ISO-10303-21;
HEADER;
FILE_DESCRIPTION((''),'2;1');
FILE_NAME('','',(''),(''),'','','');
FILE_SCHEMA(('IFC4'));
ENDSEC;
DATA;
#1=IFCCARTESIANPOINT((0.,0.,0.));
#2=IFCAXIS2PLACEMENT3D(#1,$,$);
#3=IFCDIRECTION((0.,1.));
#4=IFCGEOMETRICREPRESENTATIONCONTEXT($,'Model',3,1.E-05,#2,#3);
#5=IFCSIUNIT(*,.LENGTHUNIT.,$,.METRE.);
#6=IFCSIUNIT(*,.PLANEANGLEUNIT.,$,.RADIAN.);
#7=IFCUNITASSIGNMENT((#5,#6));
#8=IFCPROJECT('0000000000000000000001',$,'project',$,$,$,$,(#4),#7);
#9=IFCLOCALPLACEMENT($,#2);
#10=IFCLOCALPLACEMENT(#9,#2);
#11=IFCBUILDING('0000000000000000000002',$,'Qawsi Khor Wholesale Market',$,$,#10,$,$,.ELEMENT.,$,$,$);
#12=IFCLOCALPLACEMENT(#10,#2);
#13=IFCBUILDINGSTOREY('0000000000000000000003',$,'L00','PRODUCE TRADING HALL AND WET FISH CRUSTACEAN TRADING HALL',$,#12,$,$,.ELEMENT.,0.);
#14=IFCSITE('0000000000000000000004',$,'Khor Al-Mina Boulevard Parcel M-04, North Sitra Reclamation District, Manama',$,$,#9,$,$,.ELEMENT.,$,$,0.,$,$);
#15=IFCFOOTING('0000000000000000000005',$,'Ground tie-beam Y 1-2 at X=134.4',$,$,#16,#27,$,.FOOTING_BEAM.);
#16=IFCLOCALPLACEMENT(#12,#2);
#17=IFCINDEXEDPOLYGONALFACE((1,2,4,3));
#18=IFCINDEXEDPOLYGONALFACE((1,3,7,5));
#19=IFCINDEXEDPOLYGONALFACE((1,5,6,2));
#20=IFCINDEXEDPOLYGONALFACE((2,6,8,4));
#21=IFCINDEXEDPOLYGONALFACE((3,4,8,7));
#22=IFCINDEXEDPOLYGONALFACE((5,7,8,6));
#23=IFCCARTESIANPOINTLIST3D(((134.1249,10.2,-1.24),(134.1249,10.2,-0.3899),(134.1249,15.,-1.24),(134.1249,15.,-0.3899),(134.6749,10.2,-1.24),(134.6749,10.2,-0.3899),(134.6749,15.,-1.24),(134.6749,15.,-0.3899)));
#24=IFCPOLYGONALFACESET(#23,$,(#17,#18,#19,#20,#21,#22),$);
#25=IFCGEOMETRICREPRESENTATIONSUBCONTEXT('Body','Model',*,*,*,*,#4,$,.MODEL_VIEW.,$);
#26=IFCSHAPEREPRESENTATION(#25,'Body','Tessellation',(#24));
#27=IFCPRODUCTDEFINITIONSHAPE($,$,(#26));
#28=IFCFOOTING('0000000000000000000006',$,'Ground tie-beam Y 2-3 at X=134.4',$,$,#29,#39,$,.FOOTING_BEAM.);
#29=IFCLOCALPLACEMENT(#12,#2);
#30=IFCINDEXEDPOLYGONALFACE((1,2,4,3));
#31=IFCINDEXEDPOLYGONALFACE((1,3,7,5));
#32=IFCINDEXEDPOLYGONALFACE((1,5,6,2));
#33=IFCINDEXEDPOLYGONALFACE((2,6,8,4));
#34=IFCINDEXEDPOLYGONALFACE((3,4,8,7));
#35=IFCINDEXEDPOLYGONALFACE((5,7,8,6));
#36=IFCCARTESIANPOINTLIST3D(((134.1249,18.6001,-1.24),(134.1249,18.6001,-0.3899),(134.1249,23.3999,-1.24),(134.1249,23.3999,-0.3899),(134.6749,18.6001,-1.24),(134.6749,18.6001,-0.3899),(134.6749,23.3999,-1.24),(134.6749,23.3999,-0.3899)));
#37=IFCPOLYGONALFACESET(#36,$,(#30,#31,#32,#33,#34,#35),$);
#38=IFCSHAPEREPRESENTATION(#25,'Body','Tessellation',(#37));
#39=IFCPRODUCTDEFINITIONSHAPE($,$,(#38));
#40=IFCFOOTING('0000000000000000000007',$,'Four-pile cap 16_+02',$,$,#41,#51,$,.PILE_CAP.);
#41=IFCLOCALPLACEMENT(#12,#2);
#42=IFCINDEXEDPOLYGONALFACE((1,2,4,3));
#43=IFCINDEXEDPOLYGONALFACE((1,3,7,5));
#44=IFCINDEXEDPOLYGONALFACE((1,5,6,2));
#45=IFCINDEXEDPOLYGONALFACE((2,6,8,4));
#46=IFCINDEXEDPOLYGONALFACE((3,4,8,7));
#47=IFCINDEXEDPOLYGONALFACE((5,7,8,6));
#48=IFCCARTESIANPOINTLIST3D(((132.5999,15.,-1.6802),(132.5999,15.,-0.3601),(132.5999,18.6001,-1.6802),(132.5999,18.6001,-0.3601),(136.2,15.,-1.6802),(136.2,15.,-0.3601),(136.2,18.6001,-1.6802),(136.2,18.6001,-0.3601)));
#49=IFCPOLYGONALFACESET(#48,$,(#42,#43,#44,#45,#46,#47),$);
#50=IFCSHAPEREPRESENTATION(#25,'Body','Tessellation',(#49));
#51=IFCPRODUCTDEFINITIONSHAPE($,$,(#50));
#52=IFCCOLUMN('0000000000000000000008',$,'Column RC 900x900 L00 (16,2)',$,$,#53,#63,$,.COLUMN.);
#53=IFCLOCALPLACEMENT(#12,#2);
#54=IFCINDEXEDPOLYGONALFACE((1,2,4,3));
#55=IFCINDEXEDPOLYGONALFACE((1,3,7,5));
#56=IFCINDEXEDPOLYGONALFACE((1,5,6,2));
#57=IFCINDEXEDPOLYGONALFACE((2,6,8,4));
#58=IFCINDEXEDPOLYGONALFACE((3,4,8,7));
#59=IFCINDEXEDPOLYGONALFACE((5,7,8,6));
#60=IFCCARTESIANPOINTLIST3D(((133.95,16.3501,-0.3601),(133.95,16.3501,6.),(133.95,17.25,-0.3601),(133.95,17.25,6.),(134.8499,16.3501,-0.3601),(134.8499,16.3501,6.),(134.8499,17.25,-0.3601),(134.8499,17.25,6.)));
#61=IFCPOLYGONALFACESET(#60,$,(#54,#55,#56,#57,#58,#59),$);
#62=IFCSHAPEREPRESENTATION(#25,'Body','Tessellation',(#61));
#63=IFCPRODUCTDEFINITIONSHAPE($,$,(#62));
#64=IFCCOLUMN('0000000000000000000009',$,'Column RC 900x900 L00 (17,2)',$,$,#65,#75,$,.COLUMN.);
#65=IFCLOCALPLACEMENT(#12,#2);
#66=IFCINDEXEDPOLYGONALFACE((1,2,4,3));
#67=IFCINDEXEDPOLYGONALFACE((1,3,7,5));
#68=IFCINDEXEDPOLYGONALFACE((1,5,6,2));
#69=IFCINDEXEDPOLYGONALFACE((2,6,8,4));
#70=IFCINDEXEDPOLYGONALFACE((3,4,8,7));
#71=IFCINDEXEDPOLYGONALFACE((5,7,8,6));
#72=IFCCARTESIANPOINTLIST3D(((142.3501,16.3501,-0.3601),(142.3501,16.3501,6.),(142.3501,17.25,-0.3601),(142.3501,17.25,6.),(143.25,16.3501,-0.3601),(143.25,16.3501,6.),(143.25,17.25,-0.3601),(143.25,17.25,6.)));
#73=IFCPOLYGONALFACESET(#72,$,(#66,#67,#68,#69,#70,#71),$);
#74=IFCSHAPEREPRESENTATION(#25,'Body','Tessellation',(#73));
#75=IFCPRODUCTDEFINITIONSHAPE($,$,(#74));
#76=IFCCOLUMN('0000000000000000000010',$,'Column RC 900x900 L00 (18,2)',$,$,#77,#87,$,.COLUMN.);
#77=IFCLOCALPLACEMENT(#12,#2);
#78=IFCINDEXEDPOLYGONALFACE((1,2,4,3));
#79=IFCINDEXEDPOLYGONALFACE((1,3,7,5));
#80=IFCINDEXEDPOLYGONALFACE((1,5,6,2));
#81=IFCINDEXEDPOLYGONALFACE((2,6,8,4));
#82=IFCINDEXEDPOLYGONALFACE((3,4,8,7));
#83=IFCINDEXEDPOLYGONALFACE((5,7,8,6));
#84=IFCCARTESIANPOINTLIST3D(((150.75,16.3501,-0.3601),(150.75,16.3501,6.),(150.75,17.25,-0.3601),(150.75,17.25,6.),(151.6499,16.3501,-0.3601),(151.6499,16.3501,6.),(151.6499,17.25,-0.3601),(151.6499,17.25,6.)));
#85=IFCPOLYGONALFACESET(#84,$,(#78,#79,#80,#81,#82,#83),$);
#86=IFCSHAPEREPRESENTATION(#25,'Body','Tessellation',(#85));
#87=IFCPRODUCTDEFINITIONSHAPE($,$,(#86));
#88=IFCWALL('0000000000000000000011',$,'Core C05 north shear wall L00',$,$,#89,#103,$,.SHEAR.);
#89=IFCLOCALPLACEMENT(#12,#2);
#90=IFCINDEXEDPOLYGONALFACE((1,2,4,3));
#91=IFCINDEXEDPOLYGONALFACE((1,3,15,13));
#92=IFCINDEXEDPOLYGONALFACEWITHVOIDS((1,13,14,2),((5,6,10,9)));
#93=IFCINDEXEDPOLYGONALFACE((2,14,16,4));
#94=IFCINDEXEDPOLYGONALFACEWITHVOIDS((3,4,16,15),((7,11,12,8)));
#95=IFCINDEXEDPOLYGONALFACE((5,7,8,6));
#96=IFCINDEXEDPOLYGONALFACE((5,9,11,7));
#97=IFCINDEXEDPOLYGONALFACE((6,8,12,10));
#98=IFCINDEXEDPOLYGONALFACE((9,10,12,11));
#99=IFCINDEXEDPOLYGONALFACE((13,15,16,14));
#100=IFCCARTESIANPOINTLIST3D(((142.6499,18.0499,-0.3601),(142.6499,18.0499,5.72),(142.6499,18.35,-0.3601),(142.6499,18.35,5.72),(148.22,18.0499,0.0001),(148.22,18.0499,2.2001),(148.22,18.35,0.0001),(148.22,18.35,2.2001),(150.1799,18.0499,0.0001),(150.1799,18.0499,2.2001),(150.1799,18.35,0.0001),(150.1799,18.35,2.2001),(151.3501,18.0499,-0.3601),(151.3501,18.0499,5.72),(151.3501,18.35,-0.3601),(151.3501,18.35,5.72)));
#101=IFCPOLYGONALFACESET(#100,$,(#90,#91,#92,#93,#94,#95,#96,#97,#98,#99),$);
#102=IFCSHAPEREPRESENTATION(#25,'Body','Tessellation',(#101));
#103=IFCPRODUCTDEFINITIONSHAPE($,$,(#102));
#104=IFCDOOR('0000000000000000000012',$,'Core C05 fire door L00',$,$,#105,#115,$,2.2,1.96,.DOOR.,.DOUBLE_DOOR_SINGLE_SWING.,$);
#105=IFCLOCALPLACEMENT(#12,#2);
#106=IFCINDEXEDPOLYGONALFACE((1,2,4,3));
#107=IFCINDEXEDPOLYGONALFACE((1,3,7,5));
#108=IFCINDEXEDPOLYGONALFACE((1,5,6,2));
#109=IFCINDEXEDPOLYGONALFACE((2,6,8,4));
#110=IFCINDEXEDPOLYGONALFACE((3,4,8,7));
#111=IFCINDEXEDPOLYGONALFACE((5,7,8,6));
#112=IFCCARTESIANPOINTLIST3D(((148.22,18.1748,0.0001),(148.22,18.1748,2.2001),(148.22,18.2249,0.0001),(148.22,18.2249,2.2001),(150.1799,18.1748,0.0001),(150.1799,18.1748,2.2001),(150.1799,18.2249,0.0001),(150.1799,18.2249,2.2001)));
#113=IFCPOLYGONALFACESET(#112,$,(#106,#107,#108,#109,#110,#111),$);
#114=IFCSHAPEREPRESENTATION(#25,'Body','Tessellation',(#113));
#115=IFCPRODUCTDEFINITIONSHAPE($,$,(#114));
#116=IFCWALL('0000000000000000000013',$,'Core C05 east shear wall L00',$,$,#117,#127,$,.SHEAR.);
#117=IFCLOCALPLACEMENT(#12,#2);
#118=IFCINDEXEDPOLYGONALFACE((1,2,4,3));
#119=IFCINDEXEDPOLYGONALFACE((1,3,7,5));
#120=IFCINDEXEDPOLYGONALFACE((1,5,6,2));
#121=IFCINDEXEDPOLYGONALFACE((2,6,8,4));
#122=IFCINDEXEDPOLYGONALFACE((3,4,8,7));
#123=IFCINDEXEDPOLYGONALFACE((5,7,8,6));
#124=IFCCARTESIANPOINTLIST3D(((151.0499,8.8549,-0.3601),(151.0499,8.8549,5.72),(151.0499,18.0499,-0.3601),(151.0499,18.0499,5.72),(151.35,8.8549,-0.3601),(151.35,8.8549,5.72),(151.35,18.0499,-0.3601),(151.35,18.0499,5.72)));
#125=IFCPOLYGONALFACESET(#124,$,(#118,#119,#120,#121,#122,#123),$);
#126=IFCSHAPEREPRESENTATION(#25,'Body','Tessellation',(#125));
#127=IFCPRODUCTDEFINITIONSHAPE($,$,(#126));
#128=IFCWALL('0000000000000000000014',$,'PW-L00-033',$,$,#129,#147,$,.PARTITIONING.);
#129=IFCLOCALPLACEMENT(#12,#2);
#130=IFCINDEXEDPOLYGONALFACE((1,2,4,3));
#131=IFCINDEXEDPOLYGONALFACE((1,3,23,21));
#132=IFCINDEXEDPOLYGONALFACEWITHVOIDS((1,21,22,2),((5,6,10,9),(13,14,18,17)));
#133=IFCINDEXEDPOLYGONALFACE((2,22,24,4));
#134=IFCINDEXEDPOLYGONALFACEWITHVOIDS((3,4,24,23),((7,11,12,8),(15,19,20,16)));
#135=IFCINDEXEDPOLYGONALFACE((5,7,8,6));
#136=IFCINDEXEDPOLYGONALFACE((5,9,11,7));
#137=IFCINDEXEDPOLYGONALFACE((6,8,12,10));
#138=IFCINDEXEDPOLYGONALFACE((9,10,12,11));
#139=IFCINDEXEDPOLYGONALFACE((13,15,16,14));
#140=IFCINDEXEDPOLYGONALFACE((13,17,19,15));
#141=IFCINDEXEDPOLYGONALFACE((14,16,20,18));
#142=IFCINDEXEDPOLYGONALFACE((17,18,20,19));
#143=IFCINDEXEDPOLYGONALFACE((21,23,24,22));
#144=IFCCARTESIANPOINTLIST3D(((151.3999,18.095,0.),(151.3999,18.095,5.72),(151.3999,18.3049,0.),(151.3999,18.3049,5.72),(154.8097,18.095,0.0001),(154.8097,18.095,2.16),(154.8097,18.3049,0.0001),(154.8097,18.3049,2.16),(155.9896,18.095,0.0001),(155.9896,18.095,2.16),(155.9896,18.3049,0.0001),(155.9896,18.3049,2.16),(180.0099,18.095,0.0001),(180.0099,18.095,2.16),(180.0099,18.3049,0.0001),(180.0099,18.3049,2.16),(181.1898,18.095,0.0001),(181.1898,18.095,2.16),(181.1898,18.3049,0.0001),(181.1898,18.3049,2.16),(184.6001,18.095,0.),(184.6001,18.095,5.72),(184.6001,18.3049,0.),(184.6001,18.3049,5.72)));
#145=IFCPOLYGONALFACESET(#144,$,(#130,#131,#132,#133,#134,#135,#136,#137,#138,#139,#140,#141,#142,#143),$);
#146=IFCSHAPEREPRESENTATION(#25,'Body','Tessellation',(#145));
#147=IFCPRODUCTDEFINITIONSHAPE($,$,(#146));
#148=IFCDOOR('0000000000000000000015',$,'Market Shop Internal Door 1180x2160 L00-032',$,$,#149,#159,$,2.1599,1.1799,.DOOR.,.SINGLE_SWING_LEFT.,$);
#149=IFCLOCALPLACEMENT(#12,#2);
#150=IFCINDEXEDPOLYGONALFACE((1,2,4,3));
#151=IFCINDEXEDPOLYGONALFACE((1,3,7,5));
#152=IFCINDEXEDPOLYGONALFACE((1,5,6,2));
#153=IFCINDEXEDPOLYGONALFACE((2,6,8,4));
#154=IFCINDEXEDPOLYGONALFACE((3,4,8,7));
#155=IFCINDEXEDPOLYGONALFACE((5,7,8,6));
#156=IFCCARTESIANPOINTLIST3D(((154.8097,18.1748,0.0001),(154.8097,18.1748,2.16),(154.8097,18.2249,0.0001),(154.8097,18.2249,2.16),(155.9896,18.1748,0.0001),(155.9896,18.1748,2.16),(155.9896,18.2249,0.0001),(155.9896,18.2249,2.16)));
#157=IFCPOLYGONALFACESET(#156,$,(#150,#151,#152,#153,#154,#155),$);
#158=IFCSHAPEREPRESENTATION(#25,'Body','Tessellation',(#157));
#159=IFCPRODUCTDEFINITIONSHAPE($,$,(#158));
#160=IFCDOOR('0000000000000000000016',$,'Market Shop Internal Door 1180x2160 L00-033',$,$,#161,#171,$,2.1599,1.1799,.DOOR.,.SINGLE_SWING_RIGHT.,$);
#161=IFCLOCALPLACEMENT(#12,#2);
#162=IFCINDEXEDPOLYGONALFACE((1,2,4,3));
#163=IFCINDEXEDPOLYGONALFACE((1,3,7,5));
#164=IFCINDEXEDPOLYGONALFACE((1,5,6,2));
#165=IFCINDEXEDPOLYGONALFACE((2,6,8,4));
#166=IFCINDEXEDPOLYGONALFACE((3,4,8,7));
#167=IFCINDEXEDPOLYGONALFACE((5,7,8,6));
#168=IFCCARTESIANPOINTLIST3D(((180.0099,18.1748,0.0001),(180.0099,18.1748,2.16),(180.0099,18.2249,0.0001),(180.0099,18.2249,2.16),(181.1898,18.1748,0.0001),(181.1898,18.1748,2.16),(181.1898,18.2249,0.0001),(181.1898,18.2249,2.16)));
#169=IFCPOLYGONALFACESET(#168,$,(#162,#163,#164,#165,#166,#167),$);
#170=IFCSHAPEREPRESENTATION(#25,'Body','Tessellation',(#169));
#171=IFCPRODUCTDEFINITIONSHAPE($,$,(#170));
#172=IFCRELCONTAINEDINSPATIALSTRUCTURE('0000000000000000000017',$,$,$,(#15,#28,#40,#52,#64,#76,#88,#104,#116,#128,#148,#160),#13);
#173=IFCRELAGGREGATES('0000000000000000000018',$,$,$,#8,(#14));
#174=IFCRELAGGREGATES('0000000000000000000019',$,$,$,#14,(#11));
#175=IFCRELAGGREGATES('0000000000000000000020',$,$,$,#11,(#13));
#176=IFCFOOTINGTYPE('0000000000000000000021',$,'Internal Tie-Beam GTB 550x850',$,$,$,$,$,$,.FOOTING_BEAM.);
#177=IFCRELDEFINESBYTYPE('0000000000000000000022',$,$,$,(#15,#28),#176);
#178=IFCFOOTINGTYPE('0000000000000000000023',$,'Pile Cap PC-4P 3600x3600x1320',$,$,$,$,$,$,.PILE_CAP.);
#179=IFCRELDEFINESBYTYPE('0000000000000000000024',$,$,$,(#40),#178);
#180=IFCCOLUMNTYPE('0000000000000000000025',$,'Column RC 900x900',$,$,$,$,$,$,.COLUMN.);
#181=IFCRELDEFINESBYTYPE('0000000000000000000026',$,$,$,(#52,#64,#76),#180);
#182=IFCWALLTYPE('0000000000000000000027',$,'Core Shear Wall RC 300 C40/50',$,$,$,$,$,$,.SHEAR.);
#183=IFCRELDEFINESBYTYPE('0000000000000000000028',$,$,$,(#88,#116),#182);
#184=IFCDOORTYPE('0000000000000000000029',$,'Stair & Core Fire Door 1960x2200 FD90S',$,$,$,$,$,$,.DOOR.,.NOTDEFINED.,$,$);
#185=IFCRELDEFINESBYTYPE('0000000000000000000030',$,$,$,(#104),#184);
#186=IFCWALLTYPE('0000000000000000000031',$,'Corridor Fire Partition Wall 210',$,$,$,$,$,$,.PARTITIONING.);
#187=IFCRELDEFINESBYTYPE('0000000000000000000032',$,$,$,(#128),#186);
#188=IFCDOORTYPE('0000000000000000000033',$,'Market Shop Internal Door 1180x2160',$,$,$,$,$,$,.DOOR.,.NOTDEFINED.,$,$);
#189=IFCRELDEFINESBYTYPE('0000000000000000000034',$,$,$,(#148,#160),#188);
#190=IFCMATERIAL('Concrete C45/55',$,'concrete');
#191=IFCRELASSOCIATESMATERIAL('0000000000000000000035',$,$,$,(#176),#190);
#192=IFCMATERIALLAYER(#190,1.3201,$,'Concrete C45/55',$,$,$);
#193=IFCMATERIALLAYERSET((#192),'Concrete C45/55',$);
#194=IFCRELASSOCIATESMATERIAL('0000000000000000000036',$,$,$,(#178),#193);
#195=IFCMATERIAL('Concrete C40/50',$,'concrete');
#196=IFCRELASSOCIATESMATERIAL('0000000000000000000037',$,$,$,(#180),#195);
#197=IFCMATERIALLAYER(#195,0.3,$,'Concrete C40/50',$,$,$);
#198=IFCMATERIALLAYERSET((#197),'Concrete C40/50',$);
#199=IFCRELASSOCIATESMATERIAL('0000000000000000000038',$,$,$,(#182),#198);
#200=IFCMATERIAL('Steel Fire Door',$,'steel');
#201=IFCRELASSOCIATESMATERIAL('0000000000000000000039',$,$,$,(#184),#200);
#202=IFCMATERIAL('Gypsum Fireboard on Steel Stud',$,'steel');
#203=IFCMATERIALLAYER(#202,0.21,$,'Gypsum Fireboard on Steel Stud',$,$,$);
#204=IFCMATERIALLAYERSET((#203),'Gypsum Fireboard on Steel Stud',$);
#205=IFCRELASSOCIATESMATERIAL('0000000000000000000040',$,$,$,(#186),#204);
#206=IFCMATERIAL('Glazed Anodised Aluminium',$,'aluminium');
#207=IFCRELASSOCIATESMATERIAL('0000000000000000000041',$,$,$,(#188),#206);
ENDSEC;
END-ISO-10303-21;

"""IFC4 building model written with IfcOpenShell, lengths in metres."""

from ifc_helpers import new_model, si_unit, direction, frame, frame_2d, origin, origin_2d, place, context, subcontext, project, spatial, rectangle, extrude, material, layer, layer_set, material_profile, profile_set, type_object, element, fill, save


model = new_model("IFC4")

# Units and contexts
model_context = context("Model", 3, precision=1e-05, world=origin(), true_north=direction((0.0, 1.0)))
body_context = subcontext(model_context, "Body", "Model", "MODEL_VIEW")
ifc_project = project(units=[si_unit("LENGTHUNIT", "METRE"), si_unit("PLANEANGLEUNIT", "RADIAN")], contexts=[model_context])

# Site, building, storey
site_placement = place(None, origin())
site = spatial("IfcSite", under=ifc_project, at=site_placement, Name="Khor Al-Mina Boulevard Parcel M-04, North Sitra Reclamation District, Manama", CompositionType="ELEMENT", RefElevation=0.0)
building_placement = place(site_placement, origin())
building = spatial("IfcBuilding", under=site, at=building_placement, Name="Qawsi Khor Wholesale Market", CompositionType="ELEMENT")
storey_placement = place(building_placement, origin())
storey = spatial("IfcBuildingStorey", under=building, at=storey_placement, Name="L00", Description="PRODUCE TRADING HALL AND WET FISH CRUSTACEAN TRADING HALL", CompositionType="ELEMENT", Elevation=0.0)

# Shared definitions
ifc_material_1 = material(Name="Concrete C45/55", Category="concrete")

# Footings
ifc_material_profile_1 = material_profile(ifc_material_1, rectangle(XDim=0.55, YDim=0.8501, at=origin_2d()), Name="RC 550x850")
ifc_profile_set_1 = profile_set([ifc_material_profile_1], Name="Concrete C45/55")
footing_type_1 = type_object("IfcFootingType", Name="Internal Tie-Beam GTB 550x850", PredefinedType="FOOTING_BEAM", material=ifc_profile_set_1)
footing_1_placement = place(storey_placement, frame((134.3999, 10.2, -0.8149), z_axis=(0.0, 1.0, 0.0), x_axis=(-1.0, 0.0, 0.0)))
element("IfcFooting", 1, at=footing_1_placement, inside=storey, type_object=footing_type_1, Name="Ground tie-beam Y 1-2 at X=134.4", PredefinedType="FOOTING_BEAM", context=body_context, shape_type="SweptSolid", body=[
    extrude(rectangle(XDim=0.55, YDim=0.8501, at=origin_2d()), origin(), (0.0, 0.0, 1.0), 4.8),
])
footing_2_placement = place(storey_placement, frame((134.3999, 18.6001, -0.8149), z_axis=(0.0, 1.0, 0.0), x_axis=(-1.0, 0.0, 0.0)))
element("IfcFooting", 2, at=footing_2_placement, inside=storey, type_object=footing_type_1, Name="Ground tie-beam Y 2-3 at X=134.4", PredefinedType="FOOTING_BEAM", context=body_context, shape_type="SweptSolid", body=[
    extrude(rectangle(XDim=0.55, YDim=0.8501, at=origin_2d()), origin(), (0.0, 0.0, 1.0), 4.7998),
])
ifc_layer_1 = layer(ifc_material_1, 1.3201, Name="Concrete C45/55")
ifc_layer_set_1 = layer_set([ifc_layer_1], Name="Concrete C45/55")
footing_type_2 = type_object("IfcFootingType", Name="Pile Cap PC-4P 3600x3600x1320", PredefinedType="PILE_CAP", material=ifc_layer_set_1)
footing_3_placement = place(storey_placement, frame((134.3999, 16.8, -1.6802), z_axis=(0.0, 0.0, 1.0), x_axis=(1.0, 0.0, 0.0)))
element("IfcFooting", 3, at=footing_3_placement, inside=storey, type_object=footing_type_2, Name="Four-pile cap 16_+02", PredefinedType="PILE_CAP", context=body_context, shape_type="SweptSolid", body=[
    extrude(rectangle(XDim=3.6001, YDim=3.6001, at=origin_2d()), origin(), (0.0, 0.0, 1.0), 1.3201),
])

# Columns
ifc_material_2 = material(Name="Concrete C40/50", Category="concrete")
ifc_material_profile_2 = material_profile(ifc_material_2, rectangle(XDim=0.8999, YDim=0.8999, at=origin_2d()), Name="RC 900x900")
ifc_profile_set_2 = profile_set([ifc_material_profile_2], Name="Concrete C40/50")
column_type = type_object("IfcColumnType", Name="Column RC 900x900", PredefinedType="COLUMN", material=ifc_profile_set_2)
for number, where, z_axis, x_axis, name in (
    (4, (134.3999, 16.8, -0.3601), (0.0, 0.0, 1.0), (1.0, 0.0, 0.0), "Column RC 900x900 L00 (16,2)"),
    (5, (142.8, 16.8, -0.3601), (0.0, 0.0, 1.0), (1.0, 0.0, 0.0), "Column RC 900x900 L00 (17,2)"),
    (6, (151.2, 16.8, -0.3601), (0.0, 0.0, 1.0), (1.0, 0.0, 0.0), "Column RC 900x900 L00 (18,2)"),
):
    element("IfcColumn", number, at=place(storey_placement, frame(where, z_axis=z_axis, x_axis=x_axis)), inside=storey, type_object=column_type, Name=name, PredefinedType="COLUMN", context=body_context, shape_type="SweptSolid", body=[
        extrude(rectangle(XDim=0.8999, YDim=0.8999, at=origin_2d()), origin(), (0.0, 0.0, 1.0), 6.3601),
    ])

# Wall, opening, door
ifc_layer_2 = layer(ifc_material_2, 0.3, Name="Concrete C40/50")
ifc_layer_set_2 = layer_set([ifc_layer_2], Name="Concrete C40/50")
wall_type_1 = type_object("IfcWallType", Name="Core Shear Wall RC 300 C40/50", PredefinedType="SHEAR", material=ifc_layer_set_2)
wall_1_placement = place(storey_placement, frame((142.6499, 18.2, -0.3601), z_axis=(0.0, 0.0, 1.0), x_axis=(1.0, 0.0, 0.0)))
wall_1 = element("IfcWall", 7, at=wall_1_placement, inside=storey, type_object=wall_type_1, Name="Core C05 north shear wall L00", PredefinedType="SHEAR", context=body_context, shape_type="SweptSolid", body=[
    extrude(rectangle(XDim=8.7002, YDim=0.3, at=frame_2d((4.3501, 0.0))), origin(), (0.0, 0.0, 1.0), 6.0801),
])
opening_1_placement = place(wall_1_placement, frame((5.5701, 0.0, 0.3601)))
opening_1 = element("IfcOpeningElement", 8, at=opening_1_placement, cuts=wall_1, PredefinedType="OPENING", context=body_context, shape_type="SweptSolid", body=[
    extrude(rectangle(XDim=1.96, YDim=2.2, at=frame_2d((0.98, 1.1001))), frame((0.0, 0.1599, 0.0), z_axis=(0.0, -1.0, 0.0), x_axis=(1.0, 0.0, 0.0)), (0.0, 0.0, 1.0), 0.3201),
])
ifc_material_3 = material(Name="Steel Fire Door", Category="steel")
door_type_1 = type_object("IfcDoorType", Name="Stair & Core Fire Door 1960x2200 FD90S", OperationType="NOTDEFINED", PredefinedType="DOOR", material=ifc_material_3)
door_1_placement = place(opening_1_placement, origin())
door_1 = element("IfcDoor", 9, at=door_1_placement, inside=storey, type_object=door_type_1, Name="Core C05 fire door L00", OperationType="DOUBLE_DOOR_SINGLE_SWING", OverallHeight=2.2, OverallWidth=1.96, PredefinedType="DOOR", context=body_context, shape_type="SweptSolid", body=[
    extrude(rectangle(XDim=1.96, YDim=2.2, at=frame_2d((0.98, 1.1001))), frame((0.0, 0.0249, 0.0), z_axis=(0.0, -1.0, 0.0), x_axis=(1.0, 0.0, 0.0)), (0.0, 0.0, 1.0), 0.05),
])
fill(opening_1, door_1)

# Wall
wall_2_placement = place(storey_placement, frame((151.2, 18.05, -0.3601), z_axis=(0.0, 0.0, 1.0), x_axis=(0.0, -1.0, 0.0)))
element("IfcWall", 10, at=wall_2_placement, inside=storey, type_object=wall_type_1, Name="Core C05 east shear wall L00", PredefinedType="SHEAR", context=body_context, shape_type="SweptSolid", body=[
    extrude(rectangle(XDim=9.1951, YDim=0.3, at=frame_2d((4.5977, 0.0))), origin(), (0.0, 0.0, 1.0), 6.0801),
])

# Wall, openings, doors
ifc_material_4 = material(Name="Gypsum Fireboard on Steel Stud", Category="steel")
ifc_layer_3 = layer(ifc_material_4, 0.21, Name="Gypsum Fireboard on Steel Stud")
ifc_layer_set_3 = layer_set([ifc_layer_3], Name="Gypsum Fireboard on Steel Stud")
wall_type_2 = type_object("IfcWallType", Name="Corridor Fire Partition Wall 210", PredefinedType="PARTITIONING", material=ifc_layer_set_3)
wall_3_placement = place(storey_placement, frame((151.3999, 18.2, 0.0), z_axis=(0.0, 0.0, 1.0), x_axis=(1.0, 0.0, 0.0)))
wall_3 = element("IfcWall", 11, at=wall_3_placement, inside=storey, type_object=wall_type_2, Name="PW-L00-033", PredefinedType="PARTITIONING", context=body_context, shape_type="SweptSolid", body=[
    extrude(rectangle(XDim=33.2002, YDim=0.21, at=frame_2d((16.6001, 0.0))), origin(), (0.0, 0.0, 1.0), 5.72),
])
opening_2_placement = place(wall_3_placement, frame((3.4099, 0.0, 0.0)))
opening_2 = element("IfcOpeningElement", 12, at=opening_2_placement, cuts=wall_3, PredefinedType="OPENING", context=body_context, shape_type="SweptSolid", body=[
    extrude(rectangle(XDim=1.1799, YDim=2.1599, at=frame_2d((0.5898, 1.0801))), frame((0.0, 0.115, 0.0), z_axis=(0.0, -1.0, 0.0), x_axis=(1.0, 0.0, 0.0)), (0.0, 0.0, 1.0), 0.23),
])
opening_3_placement = place(wall_3_placement, frame((28.6101, 0.0, 0.0)))
opening_3 = element("IfcOpeningElement", 13, at=opening_3_placement, cuts=wall_3, PredefinedType="OPENING", context=body_context, shape_type="SweptSolid", body=[
    extrude(rectangle(XDim=1.1799, YDim=2.1599, at=frame_2d((0.5898, 1.0801))), frame((0.0, 0.115, 0.0), z_axis=(0.0, -1.0, 0.0), x_axis=(1.0, 0.0, 0.0)), (0.0, 0.0, 1.0), 0.23),
])
ifc_material_5 = material(Name="Glazed Anodised Aluminium", Category="aluminium")
door_type_2 = type_object("IfcDoorType", Name="Market Shop Internal Door 1180x2160", OperationType="NOTDEFINED", PredefinedType="DOOR", material=ifc_material_5)
door_2_placement = place(opening_2_placement, origin())
door_2 = element("IfcDoor", 14, at=door_2_placement, inside=storey, type_object=door_type_2, Name="Market Shop Internal Door 1180x2160 L00-032", OperationType="SINGLE_SWING_LEFT", OverallHeight=2.1599, OverallWidth=1.1799, PredefinedType="DOOR", context=body_context, shape_type="SweptSolid", body=[
    extrude(rectangle(XDim=1.1799, YDim=2.1599, at=frame_2d((0.5898, 1.0801))), frame((0.0, 0.0249, 0.0), z_axis=(0.0, -1.0, 0.0), x_axis=(1.0, 0.0, 0.0)), (0.0, 0.0, 1.0), 0.05),
])
fill(opening_2, door_2)
door_3_placement = place(opening_3_placement, origin())
door_3 = element("IfcDoor", 15, at=door_3_placement, inside=storey, type_object=door_type_2, Name="Market Shop Internal Door 1180x2160 L00-033", OperationType="SINGLE_SWING_RIGHT", OverallHeight=2.1599, OverallWidth=1.1799, PredefinedType="DOOR", context=body_context, shape_type="SweptSolid", body=[
    extrude(rectangle(XDim=1.1799, YDim=2.1599, at=frame_2d((0.5898, 1.0801))), frame((0.0, 0.0249, 0.0), z_axis=(0.0, -1.0, 0.0), x_axis=(1.0, 0.0, 0.0)), (0.0, 0.0, 1.0), 0.05),
])
fill(opening_3, door_3)

save(model, "model.ifc")
